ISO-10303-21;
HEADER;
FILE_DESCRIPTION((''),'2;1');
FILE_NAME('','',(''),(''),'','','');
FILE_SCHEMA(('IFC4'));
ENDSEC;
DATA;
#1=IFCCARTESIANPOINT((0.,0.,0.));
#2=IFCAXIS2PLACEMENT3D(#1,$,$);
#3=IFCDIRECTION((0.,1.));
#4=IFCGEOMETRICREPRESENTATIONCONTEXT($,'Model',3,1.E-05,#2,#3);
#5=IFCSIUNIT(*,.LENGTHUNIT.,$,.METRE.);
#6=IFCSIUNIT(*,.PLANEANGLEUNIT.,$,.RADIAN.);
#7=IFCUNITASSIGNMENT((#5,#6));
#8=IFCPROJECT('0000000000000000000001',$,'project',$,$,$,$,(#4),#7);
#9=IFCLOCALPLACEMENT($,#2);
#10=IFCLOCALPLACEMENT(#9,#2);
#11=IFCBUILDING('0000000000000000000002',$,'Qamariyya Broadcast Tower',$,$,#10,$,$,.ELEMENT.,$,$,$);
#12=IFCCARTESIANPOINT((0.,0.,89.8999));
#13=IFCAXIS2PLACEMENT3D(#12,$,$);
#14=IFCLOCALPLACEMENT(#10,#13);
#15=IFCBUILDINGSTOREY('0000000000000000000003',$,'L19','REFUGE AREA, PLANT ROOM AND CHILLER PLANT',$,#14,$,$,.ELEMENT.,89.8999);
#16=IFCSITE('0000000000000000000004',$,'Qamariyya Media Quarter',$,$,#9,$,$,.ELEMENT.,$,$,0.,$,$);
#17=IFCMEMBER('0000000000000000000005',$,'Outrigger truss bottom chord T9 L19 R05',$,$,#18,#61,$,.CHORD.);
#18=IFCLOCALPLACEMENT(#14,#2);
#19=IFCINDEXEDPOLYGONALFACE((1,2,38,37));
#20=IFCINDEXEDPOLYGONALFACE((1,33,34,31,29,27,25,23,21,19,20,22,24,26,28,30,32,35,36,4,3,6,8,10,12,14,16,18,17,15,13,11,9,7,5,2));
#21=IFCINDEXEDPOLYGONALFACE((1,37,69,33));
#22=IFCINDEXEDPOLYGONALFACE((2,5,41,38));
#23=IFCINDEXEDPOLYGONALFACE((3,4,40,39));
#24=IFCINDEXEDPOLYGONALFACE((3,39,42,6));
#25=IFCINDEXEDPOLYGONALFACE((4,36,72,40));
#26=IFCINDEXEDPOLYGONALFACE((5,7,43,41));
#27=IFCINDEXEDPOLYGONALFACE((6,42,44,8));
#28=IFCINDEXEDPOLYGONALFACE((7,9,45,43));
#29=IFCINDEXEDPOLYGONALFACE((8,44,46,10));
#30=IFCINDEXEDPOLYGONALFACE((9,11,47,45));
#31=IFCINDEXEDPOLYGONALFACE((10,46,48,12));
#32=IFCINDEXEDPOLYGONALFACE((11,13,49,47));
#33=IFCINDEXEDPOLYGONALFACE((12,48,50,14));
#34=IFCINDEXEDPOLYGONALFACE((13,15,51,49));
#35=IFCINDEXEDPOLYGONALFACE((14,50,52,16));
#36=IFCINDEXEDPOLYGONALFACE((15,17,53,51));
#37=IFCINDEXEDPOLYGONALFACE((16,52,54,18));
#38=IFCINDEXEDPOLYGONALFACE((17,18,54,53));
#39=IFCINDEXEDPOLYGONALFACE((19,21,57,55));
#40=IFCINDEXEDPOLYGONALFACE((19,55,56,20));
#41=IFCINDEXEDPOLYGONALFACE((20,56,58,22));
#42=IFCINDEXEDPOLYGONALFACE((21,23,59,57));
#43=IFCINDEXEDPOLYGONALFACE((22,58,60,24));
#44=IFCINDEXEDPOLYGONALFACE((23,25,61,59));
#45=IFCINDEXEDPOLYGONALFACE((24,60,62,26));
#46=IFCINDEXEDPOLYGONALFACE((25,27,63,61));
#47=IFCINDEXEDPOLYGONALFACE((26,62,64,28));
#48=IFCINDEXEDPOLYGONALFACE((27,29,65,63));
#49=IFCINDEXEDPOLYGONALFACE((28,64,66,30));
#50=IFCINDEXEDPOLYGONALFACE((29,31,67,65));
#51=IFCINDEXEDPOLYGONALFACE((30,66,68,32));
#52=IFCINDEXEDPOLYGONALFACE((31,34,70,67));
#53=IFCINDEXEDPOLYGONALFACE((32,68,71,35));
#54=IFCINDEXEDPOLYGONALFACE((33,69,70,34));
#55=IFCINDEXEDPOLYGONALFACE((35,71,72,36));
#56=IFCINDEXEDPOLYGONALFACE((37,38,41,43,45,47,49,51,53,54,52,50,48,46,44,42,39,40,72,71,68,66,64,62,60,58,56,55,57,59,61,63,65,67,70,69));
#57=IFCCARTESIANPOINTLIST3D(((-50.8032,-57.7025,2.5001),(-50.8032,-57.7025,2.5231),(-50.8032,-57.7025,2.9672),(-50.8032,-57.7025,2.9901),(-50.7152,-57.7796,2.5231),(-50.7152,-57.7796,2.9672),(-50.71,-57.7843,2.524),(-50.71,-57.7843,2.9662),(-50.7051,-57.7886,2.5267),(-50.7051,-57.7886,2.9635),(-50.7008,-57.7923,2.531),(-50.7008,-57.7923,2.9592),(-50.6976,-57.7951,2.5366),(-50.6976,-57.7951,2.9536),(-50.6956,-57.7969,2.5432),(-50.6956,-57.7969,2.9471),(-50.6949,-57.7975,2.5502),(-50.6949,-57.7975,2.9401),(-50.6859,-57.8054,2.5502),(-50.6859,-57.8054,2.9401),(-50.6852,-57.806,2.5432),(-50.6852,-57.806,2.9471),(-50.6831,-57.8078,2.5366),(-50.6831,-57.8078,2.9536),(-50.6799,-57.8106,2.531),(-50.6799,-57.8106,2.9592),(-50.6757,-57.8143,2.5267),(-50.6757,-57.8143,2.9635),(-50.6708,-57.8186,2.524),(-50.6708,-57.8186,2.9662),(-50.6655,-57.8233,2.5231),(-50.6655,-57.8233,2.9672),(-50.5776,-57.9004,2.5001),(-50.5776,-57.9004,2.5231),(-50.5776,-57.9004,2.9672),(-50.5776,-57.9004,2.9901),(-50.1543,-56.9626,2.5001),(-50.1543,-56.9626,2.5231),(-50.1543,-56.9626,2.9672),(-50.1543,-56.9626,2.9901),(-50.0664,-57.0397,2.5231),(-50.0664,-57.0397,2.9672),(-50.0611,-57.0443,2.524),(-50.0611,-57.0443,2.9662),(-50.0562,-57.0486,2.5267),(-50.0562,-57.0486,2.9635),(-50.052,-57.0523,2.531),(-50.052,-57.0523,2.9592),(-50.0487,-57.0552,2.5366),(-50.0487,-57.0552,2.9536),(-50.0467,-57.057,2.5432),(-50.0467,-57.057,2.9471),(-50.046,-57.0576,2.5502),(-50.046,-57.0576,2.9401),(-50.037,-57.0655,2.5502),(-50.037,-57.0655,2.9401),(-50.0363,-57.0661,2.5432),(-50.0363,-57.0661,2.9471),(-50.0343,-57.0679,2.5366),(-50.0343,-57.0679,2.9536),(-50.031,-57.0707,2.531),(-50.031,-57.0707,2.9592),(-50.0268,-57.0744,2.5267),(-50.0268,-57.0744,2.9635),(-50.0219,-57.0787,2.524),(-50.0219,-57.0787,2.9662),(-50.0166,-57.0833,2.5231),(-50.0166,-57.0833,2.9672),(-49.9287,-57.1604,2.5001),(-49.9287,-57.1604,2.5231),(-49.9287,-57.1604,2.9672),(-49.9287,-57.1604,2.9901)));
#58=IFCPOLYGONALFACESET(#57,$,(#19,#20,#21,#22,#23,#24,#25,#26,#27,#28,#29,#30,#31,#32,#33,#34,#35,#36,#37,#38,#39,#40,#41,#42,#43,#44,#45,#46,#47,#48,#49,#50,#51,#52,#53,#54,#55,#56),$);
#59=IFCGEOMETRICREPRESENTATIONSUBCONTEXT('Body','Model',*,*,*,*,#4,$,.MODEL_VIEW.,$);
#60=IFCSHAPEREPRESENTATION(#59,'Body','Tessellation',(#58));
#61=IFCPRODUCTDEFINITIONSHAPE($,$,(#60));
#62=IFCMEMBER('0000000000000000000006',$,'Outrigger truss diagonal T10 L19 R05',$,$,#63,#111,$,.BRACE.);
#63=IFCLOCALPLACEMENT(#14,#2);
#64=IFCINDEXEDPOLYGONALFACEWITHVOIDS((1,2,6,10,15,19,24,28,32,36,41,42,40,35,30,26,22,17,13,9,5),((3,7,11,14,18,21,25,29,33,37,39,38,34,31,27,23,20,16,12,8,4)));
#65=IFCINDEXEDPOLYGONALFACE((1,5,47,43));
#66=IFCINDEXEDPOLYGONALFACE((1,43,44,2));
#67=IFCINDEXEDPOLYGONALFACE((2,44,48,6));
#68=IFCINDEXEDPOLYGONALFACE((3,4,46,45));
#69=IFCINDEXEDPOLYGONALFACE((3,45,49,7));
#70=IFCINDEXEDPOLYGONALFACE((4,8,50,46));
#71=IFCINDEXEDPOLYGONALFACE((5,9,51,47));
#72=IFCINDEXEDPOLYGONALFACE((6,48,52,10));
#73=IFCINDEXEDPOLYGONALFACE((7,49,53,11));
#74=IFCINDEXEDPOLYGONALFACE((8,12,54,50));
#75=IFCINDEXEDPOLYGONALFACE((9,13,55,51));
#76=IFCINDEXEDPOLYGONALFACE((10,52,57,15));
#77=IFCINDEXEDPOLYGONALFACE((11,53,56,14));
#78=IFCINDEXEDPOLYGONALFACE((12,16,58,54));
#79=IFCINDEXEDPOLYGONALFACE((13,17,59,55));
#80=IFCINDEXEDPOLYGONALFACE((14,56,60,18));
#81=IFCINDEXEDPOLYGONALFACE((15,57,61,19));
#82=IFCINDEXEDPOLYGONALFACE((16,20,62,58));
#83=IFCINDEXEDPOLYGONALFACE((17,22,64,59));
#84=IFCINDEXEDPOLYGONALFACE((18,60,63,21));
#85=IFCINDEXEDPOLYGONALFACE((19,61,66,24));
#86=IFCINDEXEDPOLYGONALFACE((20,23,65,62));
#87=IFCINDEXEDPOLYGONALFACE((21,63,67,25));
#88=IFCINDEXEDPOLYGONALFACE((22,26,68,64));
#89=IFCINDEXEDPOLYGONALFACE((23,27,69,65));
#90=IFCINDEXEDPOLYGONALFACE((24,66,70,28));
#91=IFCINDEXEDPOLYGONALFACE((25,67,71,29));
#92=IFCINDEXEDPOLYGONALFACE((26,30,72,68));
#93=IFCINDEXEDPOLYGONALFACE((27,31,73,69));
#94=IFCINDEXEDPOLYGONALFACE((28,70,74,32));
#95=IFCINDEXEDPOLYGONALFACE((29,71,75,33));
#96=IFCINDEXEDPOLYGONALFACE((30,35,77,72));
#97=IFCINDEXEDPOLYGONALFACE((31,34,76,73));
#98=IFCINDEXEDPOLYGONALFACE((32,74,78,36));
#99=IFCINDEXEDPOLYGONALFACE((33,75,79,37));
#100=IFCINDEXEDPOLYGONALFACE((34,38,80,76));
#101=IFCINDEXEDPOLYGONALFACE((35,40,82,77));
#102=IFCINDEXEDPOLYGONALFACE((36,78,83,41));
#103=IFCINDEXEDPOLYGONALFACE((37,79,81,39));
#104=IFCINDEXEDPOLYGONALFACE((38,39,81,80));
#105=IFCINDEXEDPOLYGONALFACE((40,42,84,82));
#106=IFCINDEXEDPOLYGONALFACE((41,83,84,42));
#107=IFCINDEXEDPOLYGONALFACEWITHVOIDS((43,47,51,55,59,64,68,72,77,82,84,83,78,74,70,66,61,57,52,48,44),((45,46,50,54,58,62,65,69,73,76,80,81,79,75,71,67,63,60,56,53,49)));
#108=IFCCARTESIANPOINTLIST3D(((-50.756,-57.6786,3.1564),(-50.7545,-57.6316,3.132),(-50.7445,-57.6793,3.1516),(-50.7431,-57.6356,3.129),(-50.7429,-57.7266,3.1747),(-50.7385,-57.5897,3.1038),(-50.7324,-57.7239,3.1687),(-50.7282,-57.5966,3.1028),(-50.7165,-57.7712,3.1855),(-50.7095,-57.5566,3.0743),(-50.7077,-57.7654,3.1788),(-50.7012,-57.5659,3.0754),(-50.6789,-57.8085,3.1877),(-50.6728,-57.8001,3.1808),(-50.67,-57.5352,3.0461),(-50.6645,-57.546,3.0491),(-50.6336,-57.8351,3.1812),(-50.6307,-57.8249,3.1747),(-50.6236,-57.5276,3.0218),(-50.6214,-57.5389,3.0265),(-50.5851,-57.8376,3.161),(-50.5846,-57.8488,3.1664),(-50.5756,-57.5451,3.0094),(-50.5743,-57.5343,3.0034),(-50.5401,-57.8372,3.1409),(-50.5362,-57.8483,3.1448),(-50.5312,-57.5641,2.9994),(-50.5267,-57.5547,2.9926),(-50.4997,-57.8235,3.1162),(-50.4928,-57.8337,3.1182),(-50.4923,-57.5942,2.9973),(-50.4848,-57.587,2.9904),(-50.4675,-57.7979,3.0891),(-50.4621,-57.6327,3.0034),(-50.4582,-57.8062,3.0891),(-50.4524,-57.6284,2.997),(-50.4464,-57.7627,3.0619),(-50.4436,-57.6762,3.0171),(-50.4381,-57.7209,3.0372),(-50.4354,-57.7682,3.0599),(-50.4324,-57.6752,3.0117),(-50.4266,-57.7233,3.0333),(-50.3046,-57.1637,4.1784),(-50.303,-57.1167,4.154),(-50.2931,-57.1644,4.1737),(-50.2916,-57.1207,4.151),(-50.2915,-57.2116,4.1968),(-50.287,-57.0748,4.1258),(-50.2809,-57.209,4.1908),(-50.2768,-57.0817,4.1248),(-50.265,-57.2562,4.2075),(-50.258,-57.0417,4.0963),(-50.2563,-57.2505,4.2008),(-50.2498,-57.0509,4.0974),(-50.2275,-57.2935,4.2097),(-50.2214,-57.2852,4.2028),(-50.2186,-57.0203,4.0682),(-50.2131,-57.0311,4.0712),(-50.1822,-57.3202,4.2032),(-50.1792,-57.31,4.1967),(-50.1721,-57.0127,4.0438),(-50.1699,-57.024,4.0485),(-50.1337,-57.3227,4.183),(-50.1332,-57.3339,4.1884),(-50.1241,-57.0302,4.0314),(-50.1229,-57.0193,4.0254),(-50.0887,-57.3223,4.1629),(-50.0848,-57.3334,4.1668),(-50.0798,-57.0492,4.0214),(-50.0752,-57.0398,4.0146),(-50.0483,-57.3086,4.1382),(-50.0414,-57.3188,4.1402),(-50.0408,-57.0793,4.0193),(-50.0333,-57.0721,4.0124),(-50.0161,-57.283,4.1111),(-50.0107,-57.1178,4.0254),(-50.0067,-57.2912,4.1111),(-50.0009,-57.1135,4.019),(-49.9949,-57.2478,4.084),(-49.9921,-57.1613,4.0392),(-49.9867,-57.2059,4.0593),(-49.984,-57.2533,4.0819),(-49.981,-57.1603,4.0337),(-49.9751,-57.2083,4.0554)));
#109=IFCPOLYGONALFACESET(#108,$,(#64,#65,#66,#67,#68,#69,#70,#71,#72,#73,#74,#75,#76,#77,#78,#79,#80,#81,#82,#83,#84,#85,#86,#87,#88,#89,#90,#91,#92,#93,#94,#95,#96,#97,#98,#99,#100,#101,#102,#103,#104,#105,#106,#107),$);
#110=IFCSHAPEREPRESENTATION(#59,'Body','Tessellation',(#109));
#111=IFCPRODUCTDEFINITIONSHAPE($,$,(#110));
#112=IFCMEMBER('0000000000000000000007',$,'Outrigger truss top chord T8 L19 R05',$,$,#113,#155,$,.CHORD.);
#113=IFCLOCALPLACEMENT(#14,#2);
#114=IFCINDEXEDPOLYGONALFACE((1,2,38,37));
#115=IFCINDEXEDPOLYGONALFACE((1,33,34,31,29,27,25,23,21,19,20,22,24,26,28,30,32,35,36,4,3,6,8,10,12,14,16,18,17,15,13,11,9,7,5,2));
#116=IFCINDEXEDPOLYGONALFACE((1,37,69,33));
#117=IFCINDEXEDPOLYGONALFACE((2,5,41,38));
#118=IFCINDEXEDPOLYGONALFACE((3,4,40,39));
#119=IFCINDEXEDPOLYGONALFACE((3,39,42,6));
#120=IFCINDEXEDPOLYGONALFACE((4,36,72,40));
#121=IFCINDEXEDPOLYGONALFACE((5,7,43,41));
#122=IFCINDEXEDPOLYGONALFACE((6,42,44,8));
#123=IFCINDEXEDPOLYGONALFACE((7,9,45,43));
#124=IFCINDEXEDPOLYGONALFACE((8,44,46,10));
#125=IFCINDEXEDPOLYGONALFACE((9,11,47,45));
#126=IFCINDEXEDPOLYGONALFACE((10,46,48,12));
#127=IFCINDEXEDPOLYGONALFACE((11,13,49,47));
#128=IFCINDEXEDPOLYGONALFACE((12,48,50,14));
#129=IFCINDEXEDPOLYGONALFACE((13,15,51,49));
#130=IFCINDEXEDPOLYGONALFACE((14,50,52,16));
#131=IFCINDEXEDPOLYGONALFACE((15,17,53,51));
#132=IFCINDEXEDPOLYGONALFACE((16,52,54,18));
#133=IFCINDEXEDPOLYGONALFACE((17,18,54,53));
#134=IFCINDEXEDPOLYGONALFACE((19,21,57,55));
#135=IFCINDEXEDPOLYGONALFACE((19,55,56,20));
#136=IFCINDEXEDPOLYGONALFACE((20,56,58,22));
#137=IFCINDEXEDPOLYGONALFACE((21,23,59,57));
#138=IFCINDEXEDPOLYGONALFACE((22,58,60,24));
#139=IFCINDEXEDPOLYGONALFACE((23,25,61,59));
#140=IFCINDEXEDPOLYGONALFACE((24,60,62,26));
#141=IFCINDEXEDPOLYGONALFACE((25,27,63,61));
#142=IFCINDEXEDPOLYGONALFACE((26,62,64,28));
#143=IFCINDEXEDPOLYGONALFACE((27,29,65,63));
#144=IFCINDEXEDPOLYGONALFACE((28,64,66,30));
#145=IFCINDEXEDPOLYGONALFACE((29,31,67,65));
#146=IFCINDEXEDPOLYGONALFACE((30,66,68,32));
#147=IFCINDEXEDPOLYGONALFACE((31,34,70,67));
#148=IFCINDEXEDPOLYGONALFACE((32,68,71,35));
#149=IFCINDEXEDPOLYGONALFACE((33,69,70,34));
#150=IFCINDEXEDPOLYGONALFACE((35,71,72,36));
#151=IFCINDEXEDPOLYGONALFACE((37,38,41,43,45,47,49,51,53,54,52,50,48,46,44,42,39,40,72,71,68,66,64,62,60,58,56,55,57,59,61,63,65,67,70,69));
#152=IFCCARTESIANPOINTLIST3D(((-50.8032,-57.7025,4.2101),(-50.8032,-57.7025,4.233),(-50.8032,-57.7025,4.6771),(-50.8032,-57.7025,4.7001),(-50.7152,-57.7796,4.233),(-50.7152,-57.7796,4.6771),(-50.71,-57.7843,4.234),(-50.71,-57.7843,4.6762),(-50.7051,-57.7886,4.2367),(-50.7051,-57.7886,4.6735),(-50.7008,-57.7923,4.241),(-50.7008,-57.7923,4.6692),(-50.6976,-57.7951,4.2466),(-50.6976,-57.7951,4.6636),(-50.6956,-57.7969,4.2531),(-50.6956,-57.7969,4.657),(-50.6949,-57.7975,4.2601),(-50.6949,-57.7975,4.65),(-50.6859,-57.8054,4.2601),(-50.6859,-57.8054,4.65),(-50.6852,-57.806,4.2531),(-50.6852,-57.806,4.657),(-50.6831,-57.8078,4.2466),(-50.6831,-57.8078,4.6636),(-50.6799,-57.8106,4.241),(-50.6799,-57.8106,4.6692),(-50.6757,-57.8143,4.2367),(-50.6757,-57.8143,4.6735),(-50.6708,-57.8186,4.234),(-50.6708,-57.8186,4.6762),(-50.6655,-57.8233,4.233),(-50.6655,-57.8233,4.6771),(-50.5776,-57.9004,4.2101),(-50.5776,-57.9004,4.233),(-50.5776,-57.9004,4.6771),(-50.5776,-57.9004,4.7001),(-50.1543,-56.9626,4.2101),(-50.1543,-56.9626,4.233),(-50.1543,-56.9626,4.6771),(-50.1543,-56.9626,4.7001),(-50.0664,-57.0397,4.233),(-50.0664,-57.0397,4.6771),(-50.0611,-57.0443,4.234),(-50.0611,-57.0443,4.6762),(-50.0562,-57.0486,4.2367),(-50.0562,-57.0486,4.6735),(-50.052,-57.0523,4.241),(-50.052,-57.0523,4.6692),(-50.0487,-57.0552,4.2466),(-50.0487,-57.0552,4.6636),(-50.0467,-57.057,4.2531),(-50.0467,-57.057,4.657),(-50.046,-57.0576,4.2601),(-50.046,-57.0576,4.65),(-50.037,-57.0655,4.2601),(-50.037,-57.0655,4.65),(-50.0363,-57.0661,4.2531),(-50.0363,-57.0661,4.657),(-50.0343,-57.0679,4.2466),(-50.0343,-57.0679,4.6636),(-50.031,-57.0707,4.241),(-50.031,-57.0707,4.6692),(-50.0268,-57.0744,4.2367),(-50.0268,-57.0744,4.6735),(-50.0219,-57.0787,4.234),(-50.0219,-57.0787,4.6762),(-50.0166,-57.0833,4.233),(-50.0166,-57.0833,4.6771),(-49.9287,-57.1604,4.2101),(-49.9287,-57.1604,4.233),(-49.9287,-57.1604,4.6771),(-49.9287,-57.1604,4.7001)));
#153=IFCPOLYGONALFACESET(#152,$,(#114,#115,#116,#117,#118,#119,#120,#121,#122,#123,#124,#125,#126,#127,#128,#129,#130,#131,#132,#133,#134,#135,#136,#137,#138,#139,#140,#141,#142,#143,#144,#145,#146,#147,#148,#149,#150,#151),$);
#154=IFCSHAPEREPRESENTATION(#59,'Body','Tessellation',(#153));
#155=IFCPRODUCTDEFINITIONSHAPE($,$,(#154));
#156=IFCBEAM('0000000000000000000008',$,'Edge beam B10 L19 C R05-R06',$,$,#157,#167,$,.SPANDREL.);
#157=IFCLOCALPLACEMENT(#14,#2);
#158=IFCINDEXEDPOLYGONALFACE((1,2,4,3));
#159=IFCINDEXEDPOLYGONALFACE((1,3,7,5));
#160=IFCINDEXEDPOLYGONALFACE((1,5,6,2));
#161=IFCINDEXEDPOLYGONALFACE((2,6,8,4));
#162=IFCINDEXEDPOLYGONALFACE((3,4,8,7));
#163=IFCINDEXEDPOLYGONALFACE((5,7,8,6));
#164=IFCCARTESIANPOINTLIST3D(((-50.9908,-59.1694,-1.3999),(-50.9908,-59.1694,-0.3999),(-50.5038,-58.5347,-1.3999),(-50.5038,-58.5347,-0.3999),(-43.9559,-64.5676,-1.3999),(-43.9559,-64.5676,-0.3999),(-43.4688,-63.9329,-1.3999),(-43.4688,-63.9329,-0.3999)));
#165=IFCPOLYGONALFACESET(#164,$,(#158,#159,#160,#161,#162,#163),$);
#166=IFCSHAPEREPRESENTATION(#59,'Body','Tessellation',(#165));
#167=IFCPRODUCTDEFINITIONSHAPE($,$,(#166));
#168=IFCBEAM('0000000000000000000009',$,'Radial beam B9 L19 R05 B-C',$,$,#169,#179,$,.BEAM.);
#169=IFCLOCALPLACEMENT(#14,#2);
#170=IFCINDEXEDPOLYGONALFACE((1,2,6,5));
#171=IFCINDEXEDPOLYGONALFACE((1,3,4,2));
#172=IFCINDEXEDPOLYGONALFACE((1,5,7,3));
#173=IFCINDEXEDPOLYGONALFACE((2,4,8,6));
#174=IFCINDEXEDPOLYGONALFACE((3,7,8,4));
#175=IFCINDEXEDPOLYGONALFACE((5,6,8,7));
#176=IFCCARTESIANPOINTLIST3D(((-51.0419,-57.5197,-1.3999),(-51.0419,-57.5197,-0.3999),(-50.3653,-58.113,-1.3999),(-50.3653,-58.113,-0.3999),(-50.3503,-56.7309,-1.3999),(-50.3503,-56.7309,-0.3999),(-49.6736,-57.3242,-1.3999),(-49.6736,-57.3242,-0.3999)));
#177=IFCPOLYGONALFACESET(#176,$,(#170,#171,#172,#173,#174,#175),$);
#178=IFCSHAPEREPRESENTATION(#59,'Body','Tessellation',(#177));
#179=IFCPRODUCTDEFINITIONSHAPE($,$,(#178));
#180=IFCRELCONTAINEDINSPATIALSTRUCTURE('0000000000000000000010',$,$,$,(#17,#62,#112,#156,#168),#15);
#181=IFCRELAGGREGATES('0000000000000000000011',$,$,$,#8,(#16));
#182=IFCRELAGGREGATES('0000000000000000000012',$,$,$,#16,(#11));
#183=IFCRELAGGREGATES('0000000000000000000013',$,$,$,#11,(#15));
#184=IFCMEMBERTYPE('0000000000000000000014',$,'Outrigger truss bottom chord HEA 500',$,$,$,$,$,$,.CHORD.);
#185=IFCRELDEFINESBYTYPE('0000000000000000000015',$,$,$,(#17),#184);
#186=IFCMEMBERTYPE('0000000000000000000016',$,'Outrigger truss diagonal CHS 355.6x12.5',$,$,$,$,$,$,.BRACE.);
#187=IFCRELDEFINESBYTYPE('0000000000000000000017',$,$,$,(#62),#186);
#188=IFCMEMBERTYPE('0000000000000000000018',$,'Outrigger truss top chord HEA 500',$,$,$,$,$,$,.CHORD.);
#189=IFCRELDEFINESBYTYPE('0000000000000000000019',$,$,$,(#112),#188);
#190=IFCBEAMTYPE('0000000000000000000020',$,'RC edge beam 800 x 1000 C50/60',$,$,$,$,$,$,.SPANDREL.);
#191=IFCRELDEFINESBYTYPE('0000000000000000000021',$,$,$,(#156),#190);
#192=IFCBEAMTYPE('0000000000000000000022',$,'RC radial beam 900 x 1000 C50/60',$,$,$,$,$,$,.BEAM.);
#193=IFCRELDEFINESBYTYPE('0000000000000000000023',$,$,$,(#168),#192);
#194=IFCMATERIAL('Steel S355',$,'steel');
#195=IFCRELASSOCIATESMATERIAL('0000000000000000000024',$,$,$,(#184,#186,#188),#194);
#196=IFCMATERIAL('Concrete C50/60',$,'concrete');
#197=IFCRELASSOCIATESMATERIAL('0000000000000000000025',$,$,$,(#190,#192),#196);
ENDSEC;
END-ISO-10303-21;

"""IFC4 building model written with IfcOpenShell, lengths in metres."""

from ifc_helpers import new_model, si_unit, direction, frame, origin, origin_2d, place, context, subcontext, project, spatial, rectangle, hollow_circle, i_section, extrude, material, material_profile, profile_set, type_object, element, save


model = new_model("IFC4")

# Units and contexts
model_context = context("Model", 3, precision=1e-05, world=origin(), true_north=direction((0.0, 1.0)))
body_context = subcontext(model_context, "Body", "Model", "MODEL_VIEW")
ifc_project = project(units=[si_unit("LENGTHUNIT", "METRE"), si_unit("PLANEANGLEUNIT", "RADIAN")], contexts=[model_context])

# Site, building, storey
site_placement = place(None, origin())
site = spatial("IfcSite", under=ifc_project, at=site_placement, Name="Qamariyya Media Quarter", CompositionType="ELEMENT", RefElevation=0.0)
building_placement = place(site_placement, origin())
building = spatial("IfcBuilding", under=site, at=building_placement, Name="Qamariyya Broadcast Tower", CompositionType="ELEMENT")
storey_placement = place(building_placement, frame((0.0, 0.0, 89.8999)))
storey = spatial("IfcBuildingStorey", under=building, at=storey_placement, Name="L19", Description="REFUGE AREA, PLANT ROOM AND CHILLER PLANT", CompositionType="ELEMENT", Elevation=89.8999)

# Members
ifc_material_1 = material(Name="Steel S355", Category="steel")
ifc_material_profile_1 = material_profile(ifc_material_1, i_section(OverallWidth=0.3, OverallDepth=0.49, WebThickness=0.012, FlangeThickness=0.0229, FilletRadius=0.0271, at=origin_2d()))
ifc_profile_set_1 = profile_set([ifc_material_profile_1], Name="Steel S355")
member_type_1 = type_object("IfcMemberType", Name="Outrigger truss bottom chord HEA 500", PredefinedType="CHORD", material=ifc_profile_set_1)
member_1_placement = place(storey_placement, frame((-50.0415, -57.0615, 2.7451), z_axis=(-0.65933, -0.751854, 0.0), x_axis=(0.751854, -0.65933, 0.0)))
element("IfcMember", 1, at=member_1_placement, inside=storey, type_object=member_type_1, Name="Outrigger truss bottom chord T9 L19 R05", PredefinedType="CHORD", context=body_context, shape_type="SweptSolid", body=[
    extrude(i_section(OverallWidth=0.3, OverallDepth=0.49, WebThickness=0.012, FlangeThickness=0.0229, FilletRadius=0.0271, at=origin_2d()), origin(), (0.0, 0.0, 1.0), 0.9841),
])
ifc_material_profile_2 = material_profile(ifc_material_1, hollow_circle(Radius=0.1777, WallThickness=0.0125, at=origin_2d()))
ifc_profile_set_2 = profile_set([ifc_material_profile_2], Name="Steel S355")
member_type_2 = type_object("IfcMemberType", Name="Outrigger truss diagonal CHS 355.6x12.5", PredefinedType="BRACE", material=ifc_profile_set_2)
member_2_placement = place(storey_placement, frame((-50.1404, -57.1741, 4.1111), z_axis=(-0.366954, -0.418554, -0.830757), x_axis=(0.751936, -0.659236, 0.0)))
element("IfcMember", 2, at=member_2_placement, inside=storey, type_object=member_type_2, Name="Outrigger truss diagonal T10 L19 R05", PredefinedType="BRACE", context=body_context, shape_type="SweptSolid", body=[
    extrude(hollow_circle(Radius=0.1777, WallThickness=0.0125, at=origin_2d()), origin(), (0.0, 0.0, 1.0), 1.2302),
])
ifc_material_profile_3 = material_profile(ifc_material_1, i_section(OverallWidth=0.3, OverallDepth=0.49, WebThickness=0.012, FlangeThickness=0.0229, FilletRadius=0.0271, at=origin_2d()))
ifc_profile_set_3 = profile_set([ifc_material_profile_3], Name="Steel S355")
member_type_3 = type_object("IfcMemberType", Name="Outrigger truss top chord HEA 500", PredefinedType="CHORD", material=ifc_profile_set_3)
member_3_placement = place(storey_placement, frame((-50.0415, -57.0615, 4.4551), z_axis=(-0.65933, -0.751854, 0.0), x_axis=(0.751854, -0.65933, 0.0)))
element("IfcMember", 3, at=member_3_placement, inside=storey, type_object=member_type_3, Name="Outrigger truss top chord T8 L19 R05", PredefinedType="CHORD", context=body_context, shape_type="SweptSolid", body=[
    extrude(i_section(OverallWidth=0.3, OverallDepth=0.49, WebThickness=0.012, FlangeThickness=0.0229, FilletRadius=0.0271, at=origin_2d()), origin(), (0.0, 0.0, 1.0), 0.9841),
])

# Beams
ifc_material_2 = material(Name="Concrete C50/60", Category="concrete")
ifc_material_profile_4 = material_profile(ifc_material_2, rectangle(XDim=0.8, YDim=1.0, at=origin_2d()))
ifc_profile_set_4 = profile_set([ifc_material_profile_4], Name="Concrete C50/60")
beam_type_1 = type_object("IfcBeamType", Name="RC edge beam 800 x 1000 C50/60", PredefinedType="SPANDREL", material=ifc_profile_set_4)
beam_1_placement = place(storey_placement, frame((-50.7473, -58.8521, -0.8999), z_axis=(0.793347, -0.60877, 0.0), x_axis=(0.60877, 0.793347, 0.0)))
element("IfcBeam", 4, at=beam_1_placement, inside=storey, type_object=beam_type_1, Name="Edge beam B10 L19 C R05-R06", PredefinedType="SPANDREL", context=body_context, shape_type="SweptSolid", body=[
    extrude(rectangle(XDim=0.8, YDim=1.0, at=origin_2d()), origin(), (0.0, 0.0, 1.0), 8.8674),
])
ifc_material_profile_5 = material_profile(ifc_material_2, rectangle(XDim=0.8999, YDim=1.0, at=origin_2d()))
ifc_profile_set_5 = profile_set([ifc_material_profile_5], Name="Concrete C50/60")
beam_type_2 = type_object("IfcBeamType", Name="RC radial beam 900 x 1000 C50/60", PredefinedType="BEAM", material=ifc_profile_set_5)
beam_2_placement = place(storey_placement, frame((-50.012, -57.0276, -0.8999), z_axis=(-0.659279, -0.751899, 0.0), x_axis=(0.751899, -0.659279, 0.0)))
element("IfcBeam", 5, at=beam_2_placement, inside=storey, type_object=beam_type_2, Name="Radial beam B9 L19 R05 B-C", PredefinedType="BEAM", context=body_context, shape_type="SweptSolid", body=[
    extrude(rectangle(XDim=0.8999, YDim=1.0, at=origin_2d()), origin(), (0.0, 0.0, 1.0), 1.0491),
])

save(model, "model.ifc")
